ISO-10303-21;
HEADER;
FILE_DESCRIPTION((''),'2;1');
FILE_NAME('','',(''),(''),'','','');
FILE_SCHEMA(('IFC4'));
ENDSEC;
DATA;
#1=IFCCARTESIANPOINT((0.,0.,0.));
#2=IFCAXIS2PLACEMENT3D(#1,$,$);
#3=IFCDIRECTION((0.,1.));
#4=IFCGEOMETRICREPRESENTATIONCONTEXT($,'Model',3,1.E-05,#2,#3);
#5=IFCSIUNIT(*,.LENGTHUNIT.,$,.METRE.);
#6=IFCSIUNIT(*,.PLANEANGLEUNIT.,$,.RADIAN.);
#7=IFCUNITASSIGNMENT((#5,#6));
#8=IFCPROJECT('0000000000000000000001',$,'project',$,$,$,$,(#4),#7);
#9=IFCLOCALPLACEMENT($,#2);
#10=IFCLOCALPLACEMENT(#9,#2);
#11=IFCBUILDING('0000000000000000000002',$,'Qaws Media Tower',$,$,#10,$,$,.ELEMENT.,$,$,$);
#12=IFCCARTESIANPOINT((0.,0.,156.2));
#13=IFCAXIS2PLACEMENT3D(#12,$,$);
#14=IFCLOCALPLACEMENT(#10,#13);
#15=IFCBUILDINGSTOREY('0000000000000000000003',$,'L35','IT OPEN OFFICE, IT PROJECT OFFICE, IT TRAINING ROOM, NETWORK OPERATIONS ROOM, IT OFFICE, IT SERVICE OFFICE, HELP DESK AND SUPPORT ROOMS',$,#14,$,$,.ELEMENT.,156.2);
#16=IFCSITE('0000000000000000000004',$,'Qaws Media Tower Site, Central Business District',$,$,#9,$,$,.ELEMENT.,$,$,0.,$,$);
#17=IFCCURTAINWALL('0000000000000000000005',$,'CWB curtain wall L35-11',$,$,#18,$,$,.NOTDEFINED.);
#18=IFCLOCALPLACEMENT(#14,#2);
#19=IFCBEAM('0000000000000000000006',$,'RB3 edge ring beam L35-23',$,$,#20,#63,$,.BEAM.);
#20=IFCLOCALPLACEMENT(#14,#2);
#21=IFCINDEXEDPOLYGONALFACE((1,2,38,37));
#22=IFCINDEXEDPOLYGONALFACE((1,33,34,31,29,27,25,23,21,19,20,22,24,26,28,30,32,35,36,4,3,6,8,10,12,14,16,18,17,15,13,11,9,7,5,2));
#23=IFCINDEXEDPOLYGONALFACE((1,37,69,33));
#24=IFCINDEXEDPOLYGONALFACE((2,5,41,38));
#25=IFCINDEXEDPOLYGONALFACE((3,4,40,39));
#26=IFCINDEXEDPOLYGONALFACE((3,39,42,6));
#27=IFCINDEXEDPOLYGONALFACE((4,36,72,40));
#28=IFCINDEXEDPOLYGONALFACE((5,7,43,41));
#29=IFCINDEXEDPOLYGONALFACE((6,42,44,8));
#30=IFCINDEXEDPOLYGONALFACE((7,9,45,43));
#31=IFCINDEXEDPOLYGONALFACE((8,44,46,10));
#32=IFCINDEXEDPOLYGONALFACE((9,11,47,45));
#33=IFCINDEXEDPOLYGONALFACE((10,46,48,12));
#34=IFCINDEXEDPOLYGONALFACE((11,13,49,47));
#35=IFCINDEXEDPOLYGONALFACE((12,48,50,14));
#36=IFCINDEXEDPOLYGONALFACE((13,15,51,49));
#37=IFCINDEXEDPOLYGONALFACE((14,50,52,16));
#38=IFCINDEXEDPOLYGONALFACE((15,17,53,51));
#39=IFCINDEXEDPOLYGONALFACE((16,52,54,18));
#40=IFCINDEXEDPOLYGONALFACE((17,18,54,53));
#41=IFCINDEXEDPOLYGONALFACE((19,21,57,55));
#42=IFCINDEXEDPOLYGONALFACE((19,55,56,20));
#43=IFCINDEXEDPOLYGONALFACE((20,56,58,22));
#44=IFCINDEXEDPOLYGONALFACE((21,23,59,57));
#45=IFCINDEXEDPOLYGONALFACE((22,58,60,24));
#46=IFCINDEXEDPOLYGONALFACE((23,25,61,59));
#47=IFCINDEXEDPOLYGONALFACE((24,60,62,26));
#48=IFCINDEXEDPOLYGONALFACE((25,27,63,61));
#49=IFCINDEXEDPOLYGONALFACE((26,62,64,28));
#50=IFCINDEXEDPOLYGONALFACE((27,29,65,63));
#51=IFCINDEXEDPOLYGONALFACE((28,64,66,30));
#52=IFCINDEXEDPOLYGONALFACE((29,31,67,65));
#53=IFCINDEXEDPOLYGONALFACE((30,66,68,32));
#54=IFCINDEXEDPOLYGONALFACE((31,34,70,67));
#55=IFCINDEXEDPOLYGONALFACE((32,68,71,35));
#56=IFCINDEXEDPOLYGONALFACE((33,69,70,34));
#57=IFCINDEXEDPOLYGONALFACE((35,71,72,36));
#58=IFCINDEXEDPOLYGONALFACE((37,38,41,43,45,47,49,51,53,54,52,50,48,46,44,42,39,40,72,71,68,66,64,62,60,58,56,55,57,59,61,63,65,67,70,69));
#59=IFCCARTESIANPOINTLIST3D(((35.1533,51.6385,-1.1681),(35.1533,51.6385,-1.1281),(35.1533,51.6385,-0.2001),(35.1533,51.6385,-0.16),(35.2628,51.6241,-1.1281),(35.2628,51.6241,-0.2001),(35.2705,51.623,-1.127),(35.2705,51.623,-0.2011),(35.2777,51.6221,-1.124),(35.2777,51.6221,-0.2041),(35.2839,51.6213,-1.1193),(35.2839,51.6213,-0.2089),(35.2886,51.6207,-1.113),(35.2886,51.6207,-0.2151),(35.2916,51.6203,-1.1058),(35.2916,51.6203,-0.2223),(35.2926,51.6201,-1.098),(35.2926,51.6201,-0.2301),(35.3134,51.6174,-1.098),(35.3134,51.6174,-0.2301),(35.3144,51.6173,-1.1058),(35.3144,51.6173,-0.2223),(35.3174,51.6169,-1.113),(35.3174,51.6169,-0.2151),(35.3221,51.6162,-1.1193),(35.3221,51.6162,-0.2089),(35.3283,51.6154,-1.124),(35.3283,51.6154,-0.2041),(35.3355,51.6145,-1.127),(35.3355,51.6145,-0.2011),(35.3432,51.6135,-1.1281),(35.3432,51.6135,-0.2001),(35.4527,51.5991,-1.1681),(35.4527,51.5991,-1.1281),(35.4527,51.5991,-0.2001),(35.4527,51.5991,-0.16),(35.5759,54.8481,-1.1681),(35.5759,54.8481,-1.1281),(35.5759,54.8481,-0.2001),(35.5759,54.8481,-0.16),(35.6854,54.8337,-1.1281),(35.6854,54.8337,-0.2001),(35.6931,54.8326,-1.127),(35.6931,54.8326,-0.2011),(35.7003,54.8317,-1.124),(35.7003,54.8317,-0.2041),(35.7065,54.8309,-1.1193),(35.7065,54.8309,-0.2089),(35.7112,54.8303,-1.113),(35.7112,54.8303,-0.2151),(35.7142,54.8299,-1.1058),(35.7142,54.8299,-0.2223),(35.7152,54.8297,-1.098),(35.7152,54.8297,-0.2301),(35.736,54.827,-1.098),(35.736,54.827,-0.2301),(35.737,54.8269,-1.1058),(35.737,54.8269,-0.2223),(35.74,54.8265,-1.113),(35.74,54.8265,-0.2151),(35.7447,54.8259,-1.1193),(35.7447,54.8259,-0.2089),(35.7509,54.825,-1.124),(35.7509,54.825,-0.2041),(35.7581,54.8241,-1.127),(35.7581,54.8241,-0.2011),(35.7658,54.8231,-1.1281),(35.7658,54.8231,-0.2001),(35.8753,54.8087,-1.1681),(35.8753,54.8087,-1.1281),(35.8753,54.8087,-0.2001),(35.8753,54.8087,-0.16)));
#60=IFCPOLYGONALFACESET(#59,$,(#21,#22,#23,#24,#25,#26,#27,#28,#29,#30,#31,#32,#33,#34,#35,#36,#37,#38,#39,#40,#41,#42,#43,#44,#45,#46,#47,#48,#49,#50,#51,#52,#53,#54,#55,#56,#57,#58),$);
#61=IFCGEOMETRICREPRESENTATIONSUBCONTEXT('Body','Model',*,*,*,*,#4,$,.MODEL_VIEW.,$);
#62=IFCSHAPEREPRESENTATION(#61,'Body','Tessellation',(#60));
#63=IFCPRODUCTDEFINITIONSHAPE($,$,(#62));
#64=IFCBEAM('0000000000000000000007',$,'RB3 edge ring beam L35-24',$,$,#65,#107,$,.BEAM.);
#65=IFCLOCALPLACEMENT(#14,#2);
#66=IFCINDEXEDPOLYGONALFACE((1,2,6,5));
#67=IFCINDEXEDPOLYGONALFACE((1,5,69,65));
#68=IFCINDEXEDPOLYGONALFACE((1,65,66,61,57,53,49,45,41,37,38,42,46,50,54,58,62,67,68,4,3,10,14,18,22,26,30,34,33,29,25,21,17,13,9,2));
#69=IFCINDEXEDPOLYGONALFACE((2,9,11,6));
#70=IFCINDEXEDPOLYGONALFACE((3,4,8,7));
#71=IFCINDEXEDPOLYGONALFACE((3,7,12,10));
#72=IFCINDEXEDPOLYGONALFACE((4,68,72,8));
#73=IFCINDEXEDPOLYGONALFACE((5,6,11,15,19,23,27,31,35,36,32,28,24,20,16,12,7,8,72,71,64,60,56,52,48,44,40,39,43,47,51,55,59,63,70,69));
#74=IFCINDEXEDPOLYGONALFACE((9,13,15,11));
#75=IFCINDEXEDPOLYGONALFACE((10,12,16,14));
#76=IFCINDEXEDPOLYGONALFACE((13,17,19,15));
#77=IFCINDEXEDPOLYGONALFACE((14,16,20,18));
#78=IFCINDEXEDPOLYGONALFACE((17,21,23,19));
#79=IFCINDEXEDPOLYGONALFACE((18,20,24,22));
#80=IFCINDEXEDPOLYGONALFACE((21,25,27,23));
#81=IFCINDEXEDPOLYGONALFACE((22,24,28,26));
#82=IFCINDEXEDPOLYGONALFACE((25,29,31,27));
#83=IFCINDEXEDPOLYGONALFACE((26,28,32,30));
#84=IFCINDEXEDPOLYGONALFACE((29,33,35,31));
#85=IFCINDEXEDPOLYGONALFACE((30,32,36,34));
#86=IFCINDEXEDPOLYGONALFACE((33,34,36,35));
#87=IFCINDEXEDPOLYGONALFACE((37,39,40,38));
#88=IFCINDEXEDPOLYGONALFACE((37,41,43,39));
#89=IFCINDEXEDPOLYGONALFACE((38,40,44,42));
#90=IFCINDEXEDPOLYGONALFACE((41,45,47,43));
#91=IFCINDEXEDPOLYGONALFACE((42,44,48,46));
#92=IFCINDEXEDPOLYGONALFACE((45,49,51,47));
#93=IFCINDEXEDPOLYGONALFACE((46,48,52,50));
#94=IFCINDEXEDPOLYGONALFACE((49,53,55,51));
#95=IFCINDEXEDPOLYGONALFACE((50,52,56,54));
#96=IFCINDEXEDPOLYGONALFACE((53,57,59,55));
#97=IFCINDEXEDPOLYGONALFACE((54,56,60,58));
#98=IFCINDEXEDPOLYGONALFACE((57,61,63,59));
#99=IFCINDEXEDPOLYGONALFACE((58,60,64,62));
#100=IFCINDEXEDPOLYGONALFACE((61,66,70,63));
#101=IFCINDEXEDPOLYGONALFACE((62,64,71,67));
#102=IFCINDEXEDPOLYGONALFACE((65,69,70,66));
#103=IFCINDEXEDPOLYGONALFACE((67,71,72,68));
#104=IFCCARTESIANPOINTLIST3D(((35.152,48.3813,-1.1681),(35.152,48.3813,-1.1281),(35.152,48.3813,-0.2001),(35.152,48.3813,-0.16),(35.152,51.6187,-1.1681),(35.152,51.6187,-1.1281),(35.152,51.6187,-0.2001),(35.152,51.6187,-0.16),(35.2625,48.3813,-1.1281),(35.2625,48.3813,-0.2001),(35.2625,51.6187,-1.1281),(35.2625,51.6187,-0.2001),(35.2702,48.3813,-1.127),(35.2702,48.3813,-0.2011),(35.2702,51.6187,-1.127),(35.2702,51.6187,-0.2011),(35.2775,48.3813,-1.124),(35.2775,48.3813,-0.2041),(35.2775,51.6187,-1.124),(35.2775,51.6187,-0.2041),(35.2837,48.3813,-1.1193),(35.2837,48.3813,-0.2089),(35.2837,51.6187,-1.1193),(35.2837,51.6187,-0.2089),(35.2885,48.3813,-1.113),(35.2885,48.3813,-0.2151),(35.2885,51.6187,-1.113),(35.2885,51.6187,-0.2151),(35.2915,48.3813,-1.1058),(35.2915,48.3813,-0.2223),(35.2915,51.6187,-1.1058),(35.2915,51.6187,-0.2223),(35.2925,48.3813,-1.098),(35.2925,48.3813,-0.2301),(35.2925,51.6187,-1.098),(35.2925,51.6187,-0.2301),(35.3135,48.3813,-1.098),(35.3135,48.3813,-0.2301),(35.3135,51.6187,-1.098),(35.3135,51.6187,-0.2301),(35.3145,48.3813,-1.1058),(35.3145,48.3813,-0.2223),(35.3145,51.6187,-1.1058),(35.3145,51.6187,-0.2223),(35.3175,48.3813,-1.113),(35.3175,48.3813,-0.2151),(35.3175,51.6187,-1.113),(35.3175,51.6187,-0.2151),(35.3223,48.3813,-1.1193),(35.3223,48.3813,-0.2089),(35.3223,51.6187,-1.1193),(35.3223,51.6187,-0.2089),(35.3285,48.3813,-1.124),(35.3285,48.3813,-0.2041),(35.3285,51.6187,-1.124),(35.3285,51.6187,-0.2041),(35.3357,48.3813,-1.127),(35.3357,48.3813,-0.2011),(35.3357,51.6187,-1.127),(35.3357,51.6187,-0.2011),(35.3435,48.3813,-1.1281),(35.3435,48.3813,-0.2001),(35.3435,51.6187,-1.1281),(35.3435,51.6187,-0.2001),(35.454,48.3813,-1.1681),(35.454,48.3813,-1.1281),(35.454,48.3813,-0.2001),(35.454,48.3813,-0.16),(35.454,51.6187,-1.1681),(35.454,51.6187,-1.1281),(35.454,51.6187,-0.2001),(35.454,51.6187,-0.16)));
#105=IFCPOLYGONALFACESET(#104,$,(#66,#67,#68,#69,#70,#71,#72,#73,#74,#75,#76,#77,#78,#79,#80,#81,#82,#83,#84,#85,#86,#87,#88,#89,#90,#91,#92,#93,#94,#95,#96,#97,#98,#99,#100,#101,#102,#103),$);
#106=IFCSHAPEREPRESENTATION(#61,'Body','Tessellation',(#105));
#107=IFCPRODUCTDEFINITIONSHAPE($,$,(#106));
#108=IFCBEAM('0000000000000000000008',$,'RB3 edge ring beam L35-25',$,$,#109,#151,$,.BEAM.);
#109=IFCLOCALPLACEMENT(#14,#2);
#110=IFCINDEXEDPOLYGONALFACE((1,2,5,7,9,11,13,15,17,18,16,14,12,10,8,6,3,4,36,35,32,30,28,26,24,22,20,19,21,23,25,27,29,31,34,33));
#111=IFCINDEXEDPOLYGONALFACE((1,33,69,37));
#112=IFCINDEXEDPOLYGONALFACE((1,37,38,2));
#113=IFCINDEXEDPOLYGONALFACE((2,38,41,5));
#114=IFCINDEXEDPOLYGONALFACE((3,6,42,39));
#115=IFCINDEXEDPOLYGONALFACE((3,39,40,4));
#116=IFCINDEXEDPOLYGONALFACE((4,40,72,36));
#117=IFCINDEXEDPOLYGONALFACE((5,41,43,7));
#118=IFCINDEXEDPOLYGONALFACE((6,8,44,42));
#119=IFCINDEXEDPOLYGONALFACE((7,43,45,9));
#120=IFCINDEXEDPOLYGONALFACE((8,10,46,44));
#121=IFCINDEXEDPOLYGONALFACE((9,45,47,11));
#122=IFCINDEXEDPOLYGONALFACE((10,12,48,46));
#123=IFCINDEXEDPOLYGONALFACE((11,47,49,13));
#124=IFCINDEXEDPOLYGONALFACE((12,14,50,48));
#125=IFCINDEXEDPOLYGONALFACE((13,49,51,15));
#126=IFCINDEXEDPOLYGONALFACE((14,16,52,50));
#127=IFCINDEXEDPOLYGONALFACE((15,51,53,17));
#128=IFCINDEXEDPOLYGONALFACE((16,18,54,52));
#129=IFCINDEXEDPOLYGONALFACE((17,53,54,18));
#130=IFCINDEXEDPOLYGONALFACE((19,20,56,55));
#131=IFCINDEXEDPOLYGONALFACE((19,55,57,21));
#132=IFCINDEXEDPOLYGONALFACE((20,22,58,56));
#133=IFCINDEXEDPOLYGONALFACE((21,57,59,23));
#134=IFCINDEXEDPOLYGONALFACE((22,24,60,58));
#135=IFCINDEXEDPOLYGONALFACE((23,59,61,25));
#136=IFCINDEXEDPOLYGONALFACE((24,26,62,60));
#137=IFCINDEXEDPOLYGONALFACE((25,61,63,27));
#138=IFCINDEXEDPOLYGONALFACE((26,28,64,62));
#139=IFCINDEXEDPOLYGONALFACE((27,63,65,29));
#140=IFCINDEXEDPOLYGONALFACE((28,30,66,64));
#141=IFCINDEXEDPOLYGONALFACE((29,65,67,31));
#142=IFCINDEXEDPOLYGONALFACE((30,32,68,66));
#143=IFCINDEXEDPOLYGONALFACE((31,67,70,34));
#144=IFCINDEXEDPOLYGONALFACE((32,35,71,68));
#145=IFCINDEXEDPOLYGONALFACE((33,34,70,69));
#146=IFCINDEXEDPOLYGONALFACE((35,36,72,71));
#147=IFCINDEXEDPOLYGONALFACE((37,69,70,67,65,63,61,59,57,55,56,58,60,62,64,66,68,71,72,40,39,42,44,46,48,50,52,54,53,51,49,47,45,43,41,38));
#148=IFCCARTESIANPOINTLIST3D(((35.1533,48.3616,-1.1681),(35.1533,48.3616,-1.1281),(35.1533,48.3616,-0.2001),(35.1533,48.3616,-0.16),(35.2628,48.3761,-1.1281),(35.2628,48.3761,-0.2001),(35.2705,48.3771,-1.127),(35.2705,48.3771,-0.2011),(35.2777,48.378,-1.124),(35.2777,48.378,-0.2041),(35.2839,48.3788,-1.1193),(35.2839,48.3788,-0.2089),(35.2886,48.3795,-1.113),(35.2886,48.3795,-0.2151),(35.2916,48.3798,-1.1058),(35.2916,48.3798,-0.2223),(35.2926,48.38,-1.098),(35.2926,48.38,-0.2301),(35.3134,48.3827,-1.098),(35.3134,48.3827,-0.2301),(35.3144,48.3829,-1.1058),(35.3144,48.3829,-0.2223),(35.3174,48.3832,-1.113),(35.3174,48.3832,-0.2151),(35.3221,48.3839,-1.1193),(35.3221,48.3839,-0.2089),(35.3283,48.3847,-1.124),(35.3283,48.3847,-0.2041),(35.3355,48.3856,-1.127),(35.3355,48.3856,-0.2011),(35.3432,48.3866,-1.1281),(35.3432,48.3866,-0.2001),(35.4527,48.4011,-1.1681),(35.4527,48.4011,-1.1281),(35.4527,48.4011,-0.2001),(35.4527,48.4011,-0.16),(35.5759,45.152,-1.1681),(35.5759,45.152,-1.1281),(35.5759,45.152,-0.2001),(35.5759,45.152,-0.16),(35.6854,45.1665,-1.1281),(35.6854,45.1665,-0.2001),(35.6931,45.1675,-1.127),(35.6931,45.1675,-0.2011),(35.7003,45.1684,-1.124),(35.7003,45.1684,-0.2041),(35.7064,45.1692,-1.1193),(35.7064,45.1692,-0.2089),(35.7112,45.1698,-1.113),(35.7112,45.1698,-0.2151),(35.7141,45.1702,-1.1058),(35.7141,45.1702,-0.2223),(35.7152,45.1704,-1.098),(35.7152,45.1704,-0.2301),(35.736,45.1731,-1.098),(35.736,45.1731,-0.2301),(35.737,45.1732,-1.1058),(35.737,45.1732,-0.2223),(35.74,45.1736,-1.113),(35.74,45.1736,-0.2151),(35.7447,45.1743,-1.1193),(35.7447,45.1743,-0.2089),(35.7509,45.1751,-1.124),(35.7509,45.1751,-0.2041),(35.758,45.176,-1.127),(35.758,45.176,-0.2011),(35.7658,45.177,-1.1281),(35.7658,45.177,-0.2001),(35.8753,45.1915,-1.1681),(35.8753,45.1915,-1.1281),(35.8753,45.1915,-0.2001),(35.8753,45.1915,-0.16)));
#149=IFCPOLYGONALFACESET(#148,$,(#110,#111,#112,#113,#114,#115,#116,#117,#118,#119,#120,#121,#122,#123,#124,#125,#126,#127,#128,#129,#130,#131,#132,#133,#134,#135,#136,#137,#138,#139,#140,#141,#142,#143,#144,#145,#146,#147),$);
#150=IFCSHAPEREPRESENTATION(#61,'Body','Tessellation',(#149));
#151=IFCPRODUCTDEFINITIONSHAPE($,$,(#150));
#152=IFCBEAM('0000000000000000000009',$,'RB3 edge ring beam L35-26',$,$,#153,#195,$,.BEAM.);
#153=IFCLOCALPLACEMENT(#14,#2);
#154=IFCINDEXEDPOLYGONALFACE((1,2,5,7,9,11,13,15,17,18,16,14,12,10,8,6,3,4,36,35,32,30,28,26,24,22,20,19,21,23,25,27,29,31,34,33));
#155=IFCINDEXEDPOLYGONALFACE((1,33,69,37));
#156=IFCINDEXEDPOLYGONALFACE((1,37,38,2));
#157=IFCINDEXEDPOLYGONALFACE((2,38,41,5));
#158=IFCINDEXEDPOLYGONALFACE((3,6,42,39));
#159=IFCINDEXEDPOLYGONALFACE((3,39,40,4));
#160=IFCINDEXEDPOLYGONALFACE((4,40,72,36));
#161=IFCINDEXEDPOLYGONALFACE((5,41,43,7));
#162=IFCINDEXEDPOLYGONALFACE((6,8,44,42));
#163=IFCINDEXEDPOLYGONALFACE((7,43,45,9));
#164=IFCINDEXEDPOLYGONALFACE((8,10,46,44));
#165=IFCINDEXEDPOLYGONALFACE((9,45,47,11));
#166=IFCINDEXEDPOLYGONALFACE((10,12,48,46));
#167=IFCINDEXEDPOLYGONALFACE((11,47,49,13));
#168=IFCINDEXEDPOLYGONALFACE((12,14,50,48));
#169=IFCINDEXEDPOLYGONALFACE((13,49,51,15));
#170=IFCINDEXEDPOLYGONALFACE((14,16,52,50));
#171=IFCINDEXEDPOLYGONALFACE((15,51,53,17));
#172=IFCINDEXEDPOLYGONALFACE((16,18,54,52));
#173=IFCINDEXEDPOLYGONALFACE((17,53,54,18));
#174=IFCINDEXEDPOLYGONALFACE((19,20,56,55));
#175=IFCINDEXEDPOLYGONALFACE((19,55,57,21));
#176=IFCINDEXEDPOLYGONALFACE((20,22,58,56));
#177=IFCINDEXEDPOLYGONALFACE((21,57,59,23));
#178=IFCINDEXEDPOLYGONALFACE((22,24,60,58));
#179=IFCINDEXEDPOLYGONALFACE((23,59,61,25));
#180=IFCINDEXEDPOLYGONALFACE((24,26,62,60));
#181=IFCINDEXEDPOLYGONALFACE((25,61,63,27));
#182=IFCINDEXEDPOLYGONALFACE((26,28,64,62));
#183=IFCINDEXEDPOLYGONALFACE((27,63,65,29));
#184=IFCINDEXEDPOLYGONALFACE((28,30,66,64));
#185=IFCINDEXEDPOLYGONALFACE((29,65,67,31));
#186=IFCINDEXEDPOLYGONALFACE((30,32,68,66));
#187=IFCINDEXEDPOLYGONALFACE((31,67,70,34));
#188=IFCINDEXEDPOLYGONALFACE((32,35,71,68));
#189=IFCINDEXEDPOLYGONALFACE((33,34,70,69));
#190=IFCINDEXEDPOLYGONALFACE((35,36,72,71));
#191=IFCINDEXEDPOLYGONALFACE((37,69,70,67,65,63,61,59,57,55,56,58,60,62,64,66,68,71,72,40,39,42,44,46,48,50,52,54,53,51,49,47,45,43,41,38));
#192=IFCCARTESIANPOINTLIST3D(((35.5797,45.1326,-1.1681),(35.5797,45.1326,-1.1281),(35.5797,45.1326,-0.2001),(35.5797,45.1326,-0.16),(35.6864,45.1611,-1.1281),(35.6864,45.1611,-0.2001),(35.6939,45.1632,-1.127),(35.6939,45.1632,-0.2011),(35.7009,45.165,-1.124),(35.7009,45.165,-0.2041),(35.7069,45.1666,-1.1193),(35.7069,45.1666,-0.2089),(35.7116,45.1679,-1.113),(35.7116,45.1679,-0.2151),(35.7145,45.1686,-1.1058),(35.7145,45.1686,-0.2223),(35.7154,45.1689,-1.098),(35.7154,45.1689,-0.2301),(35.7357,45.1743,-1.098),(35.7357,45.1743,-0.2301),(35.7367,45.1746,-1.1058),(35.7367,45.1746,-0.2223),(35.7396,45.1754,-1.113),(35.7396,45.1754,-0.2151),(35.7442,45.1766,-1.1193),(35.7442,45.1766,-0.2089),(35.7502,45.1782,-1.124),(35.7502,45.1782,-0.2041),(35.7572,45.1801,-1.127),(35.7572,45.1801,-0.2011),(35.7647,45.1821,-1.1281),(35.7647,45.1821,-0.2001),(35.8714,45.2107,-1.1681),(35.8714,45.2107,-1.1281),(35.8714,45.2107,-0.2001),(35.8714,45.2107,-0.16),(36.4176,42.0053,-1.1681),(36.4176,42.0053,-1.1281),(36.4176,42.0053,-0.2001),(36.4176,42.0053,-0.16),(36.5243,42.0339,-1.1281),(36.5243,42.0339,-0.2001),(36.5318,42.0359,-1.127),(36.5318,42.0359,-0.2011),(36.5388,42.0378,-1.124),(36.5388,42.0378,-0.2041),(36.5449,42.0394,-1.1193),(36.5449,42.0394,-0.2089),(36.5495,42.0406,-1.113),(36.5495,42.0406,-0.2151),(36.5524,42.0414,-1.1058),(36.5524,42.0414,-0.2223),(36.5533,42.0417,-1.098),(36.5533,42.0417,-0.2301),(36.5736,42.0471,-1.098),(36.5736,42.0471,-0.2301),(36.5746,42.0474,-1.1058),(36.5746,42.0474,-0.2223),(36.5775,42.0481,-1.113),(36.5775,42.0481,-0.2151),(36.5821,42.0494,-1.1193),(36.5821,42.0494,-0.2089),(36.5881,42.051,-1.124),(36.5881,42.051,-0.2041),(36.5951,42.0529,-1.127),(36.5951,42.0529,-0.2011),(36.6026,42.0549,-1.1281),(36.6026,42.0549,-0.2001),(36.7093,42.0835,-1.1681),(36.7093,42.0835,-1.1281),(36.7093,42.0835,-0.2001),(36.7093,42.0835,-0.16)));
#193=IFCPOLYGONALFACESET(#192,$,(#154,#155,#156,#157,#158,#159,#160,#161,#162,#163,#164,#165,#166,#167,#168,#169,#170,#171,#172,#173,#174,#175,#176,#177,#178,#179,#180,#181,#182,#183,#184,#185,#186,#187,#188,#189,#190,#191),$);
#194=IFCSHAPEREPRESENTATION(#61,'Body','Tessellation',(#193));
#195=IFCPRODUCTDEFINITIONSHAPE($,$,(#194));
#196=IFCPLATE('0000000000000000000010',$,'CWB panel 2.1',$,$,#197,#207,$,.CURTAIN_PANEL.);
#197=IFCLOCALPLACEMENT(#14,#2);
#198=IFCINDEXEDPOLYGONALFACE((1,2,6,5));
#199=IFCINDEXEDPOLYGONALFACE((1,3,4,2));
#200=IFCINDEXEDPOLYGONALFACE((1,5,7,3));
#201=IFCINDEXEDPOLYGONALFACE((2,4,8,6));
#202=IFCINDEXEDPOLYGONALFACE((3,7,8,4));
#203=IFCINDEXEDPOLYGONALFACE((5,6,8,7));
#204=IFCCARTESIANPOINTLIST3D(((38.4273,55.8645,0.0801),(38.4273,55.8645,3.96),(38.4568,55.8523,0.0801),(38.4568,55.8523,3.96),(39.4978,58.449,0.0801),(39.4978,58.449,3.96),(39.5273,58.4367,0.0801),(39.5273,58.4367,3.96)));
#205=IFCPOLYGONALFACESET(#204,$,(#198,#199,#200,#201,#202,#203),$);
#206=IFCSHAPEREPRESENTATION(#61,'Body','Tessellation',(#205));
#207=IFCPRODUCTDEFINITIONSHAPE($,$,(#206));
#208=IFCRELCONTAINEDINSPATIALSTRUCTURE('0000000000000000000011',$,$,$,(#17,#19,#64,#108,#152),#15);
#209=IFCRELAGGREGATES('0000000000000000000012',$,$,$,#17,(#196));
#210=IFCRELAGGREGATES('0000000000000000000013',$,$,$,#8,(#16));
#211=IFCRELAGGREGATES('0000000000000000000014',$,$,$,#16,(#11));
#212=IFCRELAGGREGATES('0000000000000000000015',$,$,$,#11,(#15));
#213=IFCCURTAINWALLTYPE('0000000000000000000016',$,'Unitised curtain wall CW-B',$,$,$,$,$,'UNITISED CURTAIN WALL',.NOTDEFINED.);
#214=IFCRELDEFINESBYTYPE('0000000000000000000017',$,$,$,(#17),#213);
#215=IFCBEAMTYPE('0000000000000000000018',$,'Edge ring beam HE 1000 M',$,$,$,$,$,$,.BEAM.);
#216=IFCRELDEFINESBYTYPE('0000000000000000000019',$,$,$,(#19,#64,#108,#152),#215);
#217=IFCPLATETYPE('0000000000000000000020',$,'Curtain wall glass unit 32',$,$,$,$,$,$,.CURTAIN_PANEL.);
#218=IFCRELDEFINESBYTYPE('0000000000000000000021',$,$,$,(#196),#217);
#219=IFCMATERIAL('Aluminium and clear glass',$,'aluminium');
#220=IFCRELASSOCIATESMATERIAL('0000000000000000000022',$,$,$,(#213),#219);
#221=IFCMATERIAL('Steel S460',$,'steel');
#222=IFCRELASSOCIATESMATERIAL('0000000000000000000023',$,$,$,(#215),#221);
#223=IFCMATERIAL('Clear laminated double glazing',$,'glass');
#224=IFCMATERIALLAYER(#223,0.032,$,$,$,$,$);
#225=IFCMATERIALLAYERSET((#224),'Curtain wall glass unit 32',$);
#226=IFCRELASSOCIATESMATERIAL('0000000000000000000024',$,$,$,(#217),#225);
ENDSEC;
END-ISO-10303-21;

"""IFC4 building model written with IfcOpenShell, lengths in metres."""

from ifc_helpers import new_model, si_unit, direction, frame, origin, origin_2d, place, context, subcontext, project, spatial, rectangle, i_section, extrude, material, layer, layer_set, material_profile, profile_set, type_object, element, aggregate, save


model = new_model("IFC4")

# Units and contexts
model_context = context("Model", 3, precision=1e-05, world=origin(), true_north=direction((0.0, 1.0)))
body_context = subcontext(model_context, "Body", "Model", "MODEL_VIEW")
ifc_project = project(units=[si_unit("LENGTHUNIT", "METRE"), si_unit("PLANEANGLEUNIT", "RADIAN")], contexts=[model_context])

# Site, building, storey
site_placement = place(None, origin())
site = spatial("IfcSite", under=ifc_project, at=site_placement, Name="Qaws Media Tower Site, Central Business District", CompositionType="ELEMENT", RefElevation=0.0)
building_placement = place(site_placement, origin())
building = spatial("IfcBuilding", under=site, at=building_placement, Name="Qaws Media Tower", CompositionType="ELEMENT")
storey_placement = place(building_placement, frame((0.0, 0.0, 156.2)))
storey = spatial("IfcBuildingStorey", under=building, at=storey_placement, Name="L35", Description="IT OPEN OFFICE, IT PROJECT OFFICE, IT TRAINING ROOM, NETWORK OPERATIONS ROOM, IT OFFICE, IT SERVICE OFFICE, HELP DESK AND SUPPORT ROOMS", CompositionType="ELEMENT", Elevation=156.2)

# Curtain wall
ifc_material_1 = material(Name="Aluminium and clear glass", Category="aluminium")
curtain_wall_type = type_object("IfcCurtainWallType", Name="Unitised curtain wall CW-B", ElementType="UNITISED CURTAIN WALL", PredefinedType="NOTDEFINED", material=ifc_material_1)
curtain_wall_1_placement = place(storey_placement, origin())
curtain_wall_1 = element("IfcCurtainWall", 1, at=curtain_wall_1_placement, inside=storey, type_object=curtain_wall_type, Name="CWB curtain wall L35-11", PredefinedType="NOTDEFINED")

# Beams
ifc_material_2 = material(Name="Steel S460", Category="steel")
ifc_material_profile_1 = material_profile(ifc_material_2, i_section(OverallWidth=0.302, OverallDepth=1.0081, WebThickness=0.021, FlangeThickness=0.04, FilletRadius=0.03, at=origin_2d()), Name="HE 1000 M")
ifc_profile_set_1 = profile_set([ifc_material_profile_1], Name="Steel S460")
beam_type = type_object("IfcBeamType", Name="Edge ring beam HE 1000 M", PredefinedType="BEAM", material=ifc_profile_set_1)
for number, where, z_axis, x_axis, name in (
    (2, (35.7256, 54.8284, -0.6641), (-0.130538, -0.991443, 0.0), (0.991443, -0.130538, 0.0), "RB3 edge ring beam L35-23"),
    (3, (35.303, 51.6187, -0.6641), (0.0, -1.0, 0.0), (1.0, 0.0, 0.0), "RB3 edge ring beam L35-24"),
    (4, (35.303, 48.3813, -0.6641), (0.130538, -0.991443, 0.0), (0.991443, 0.130538, 0.0), "RB3 edge ring beam L35-25"),
):
    element("IfcBeam", number, at=place(storey_placement, frame(where, z_axis=z_axis, x_axis=x_axis)), inside=storey, type_object=beam_type, Name=name, PredefinedType="BEAM", context=body_context, shape_type="SweptSolid", body=[
        extrude(i_section(OverallWidth=0.302, OverallDepth=1.0081, WebThickness=0.021, FlangeThickness=0.04, FilletRadius=0.03, at=origin_2d()), origin(), (0.0, 0.0, 1.0), 3.2373),
    ])
beam_placement = place(storey_placement, frame((35.7256, 45.1716, -0.6641), z_axis=(0.258808, -0.965929, 0.0), x_axis=(0.965929, 0.258808, 0.0)))
element("IfcBeam", 5, at=beam_placement, inside=storey, type_object=beam_type, Name="RB3 edge ring beam L35-26", PredefinedType="BEAM", context=body_context, shape_type="SweptSolid", body=[
    extrude(i_section(OverallWidth=0.302, OverallDepth=1.0081, WebThickness=0.021, FlangeThickness=0.04, FilletRadius=0.03, at=origin_2d()), origin(), (0.0, 0.0, 1.0), 3.2375),
])

# Plate
ifc_material_3 = material(Name="Clear laminated double glazing", Category="glass")
ifc_layer_1 = layer(ifc_material_3, 0.032)
ifc_layer_set_1 = layer_set([ifc_layer_1], Name="Curtain wall glass unit 32")
plate_type_1 = type_object("IfcPlateType", Name="Curtain wall glass unit 32", PredefinedType="CURTAIN_PANEL", material=ifc_layer_set_1)
plate_1_placement = place(storey_placement, frame((38.9773, 57.1506, 0.0801), z_axis=(0.0, 0.0, 1.0), x_axis=(-0.382683, -0.92388, 0.0)))
plate_1 = element("IfcPlate", 6, at=plate_1_placement, type_object=plate_type_1, Name="CWB panel 2.1", PredefinedType="CURTAIN_PANEL", context=body_context, shape_type="SweptSolid", body=[
    extrude(rectangle(XDim=2.7974, YDim=0.032, at=origin_2d()), origin(), (0.0, 0.0, 1.0), 3.8799),
])
aggregate(curtain_wall_1, [plate_1])

save(model, "model.ifc")
